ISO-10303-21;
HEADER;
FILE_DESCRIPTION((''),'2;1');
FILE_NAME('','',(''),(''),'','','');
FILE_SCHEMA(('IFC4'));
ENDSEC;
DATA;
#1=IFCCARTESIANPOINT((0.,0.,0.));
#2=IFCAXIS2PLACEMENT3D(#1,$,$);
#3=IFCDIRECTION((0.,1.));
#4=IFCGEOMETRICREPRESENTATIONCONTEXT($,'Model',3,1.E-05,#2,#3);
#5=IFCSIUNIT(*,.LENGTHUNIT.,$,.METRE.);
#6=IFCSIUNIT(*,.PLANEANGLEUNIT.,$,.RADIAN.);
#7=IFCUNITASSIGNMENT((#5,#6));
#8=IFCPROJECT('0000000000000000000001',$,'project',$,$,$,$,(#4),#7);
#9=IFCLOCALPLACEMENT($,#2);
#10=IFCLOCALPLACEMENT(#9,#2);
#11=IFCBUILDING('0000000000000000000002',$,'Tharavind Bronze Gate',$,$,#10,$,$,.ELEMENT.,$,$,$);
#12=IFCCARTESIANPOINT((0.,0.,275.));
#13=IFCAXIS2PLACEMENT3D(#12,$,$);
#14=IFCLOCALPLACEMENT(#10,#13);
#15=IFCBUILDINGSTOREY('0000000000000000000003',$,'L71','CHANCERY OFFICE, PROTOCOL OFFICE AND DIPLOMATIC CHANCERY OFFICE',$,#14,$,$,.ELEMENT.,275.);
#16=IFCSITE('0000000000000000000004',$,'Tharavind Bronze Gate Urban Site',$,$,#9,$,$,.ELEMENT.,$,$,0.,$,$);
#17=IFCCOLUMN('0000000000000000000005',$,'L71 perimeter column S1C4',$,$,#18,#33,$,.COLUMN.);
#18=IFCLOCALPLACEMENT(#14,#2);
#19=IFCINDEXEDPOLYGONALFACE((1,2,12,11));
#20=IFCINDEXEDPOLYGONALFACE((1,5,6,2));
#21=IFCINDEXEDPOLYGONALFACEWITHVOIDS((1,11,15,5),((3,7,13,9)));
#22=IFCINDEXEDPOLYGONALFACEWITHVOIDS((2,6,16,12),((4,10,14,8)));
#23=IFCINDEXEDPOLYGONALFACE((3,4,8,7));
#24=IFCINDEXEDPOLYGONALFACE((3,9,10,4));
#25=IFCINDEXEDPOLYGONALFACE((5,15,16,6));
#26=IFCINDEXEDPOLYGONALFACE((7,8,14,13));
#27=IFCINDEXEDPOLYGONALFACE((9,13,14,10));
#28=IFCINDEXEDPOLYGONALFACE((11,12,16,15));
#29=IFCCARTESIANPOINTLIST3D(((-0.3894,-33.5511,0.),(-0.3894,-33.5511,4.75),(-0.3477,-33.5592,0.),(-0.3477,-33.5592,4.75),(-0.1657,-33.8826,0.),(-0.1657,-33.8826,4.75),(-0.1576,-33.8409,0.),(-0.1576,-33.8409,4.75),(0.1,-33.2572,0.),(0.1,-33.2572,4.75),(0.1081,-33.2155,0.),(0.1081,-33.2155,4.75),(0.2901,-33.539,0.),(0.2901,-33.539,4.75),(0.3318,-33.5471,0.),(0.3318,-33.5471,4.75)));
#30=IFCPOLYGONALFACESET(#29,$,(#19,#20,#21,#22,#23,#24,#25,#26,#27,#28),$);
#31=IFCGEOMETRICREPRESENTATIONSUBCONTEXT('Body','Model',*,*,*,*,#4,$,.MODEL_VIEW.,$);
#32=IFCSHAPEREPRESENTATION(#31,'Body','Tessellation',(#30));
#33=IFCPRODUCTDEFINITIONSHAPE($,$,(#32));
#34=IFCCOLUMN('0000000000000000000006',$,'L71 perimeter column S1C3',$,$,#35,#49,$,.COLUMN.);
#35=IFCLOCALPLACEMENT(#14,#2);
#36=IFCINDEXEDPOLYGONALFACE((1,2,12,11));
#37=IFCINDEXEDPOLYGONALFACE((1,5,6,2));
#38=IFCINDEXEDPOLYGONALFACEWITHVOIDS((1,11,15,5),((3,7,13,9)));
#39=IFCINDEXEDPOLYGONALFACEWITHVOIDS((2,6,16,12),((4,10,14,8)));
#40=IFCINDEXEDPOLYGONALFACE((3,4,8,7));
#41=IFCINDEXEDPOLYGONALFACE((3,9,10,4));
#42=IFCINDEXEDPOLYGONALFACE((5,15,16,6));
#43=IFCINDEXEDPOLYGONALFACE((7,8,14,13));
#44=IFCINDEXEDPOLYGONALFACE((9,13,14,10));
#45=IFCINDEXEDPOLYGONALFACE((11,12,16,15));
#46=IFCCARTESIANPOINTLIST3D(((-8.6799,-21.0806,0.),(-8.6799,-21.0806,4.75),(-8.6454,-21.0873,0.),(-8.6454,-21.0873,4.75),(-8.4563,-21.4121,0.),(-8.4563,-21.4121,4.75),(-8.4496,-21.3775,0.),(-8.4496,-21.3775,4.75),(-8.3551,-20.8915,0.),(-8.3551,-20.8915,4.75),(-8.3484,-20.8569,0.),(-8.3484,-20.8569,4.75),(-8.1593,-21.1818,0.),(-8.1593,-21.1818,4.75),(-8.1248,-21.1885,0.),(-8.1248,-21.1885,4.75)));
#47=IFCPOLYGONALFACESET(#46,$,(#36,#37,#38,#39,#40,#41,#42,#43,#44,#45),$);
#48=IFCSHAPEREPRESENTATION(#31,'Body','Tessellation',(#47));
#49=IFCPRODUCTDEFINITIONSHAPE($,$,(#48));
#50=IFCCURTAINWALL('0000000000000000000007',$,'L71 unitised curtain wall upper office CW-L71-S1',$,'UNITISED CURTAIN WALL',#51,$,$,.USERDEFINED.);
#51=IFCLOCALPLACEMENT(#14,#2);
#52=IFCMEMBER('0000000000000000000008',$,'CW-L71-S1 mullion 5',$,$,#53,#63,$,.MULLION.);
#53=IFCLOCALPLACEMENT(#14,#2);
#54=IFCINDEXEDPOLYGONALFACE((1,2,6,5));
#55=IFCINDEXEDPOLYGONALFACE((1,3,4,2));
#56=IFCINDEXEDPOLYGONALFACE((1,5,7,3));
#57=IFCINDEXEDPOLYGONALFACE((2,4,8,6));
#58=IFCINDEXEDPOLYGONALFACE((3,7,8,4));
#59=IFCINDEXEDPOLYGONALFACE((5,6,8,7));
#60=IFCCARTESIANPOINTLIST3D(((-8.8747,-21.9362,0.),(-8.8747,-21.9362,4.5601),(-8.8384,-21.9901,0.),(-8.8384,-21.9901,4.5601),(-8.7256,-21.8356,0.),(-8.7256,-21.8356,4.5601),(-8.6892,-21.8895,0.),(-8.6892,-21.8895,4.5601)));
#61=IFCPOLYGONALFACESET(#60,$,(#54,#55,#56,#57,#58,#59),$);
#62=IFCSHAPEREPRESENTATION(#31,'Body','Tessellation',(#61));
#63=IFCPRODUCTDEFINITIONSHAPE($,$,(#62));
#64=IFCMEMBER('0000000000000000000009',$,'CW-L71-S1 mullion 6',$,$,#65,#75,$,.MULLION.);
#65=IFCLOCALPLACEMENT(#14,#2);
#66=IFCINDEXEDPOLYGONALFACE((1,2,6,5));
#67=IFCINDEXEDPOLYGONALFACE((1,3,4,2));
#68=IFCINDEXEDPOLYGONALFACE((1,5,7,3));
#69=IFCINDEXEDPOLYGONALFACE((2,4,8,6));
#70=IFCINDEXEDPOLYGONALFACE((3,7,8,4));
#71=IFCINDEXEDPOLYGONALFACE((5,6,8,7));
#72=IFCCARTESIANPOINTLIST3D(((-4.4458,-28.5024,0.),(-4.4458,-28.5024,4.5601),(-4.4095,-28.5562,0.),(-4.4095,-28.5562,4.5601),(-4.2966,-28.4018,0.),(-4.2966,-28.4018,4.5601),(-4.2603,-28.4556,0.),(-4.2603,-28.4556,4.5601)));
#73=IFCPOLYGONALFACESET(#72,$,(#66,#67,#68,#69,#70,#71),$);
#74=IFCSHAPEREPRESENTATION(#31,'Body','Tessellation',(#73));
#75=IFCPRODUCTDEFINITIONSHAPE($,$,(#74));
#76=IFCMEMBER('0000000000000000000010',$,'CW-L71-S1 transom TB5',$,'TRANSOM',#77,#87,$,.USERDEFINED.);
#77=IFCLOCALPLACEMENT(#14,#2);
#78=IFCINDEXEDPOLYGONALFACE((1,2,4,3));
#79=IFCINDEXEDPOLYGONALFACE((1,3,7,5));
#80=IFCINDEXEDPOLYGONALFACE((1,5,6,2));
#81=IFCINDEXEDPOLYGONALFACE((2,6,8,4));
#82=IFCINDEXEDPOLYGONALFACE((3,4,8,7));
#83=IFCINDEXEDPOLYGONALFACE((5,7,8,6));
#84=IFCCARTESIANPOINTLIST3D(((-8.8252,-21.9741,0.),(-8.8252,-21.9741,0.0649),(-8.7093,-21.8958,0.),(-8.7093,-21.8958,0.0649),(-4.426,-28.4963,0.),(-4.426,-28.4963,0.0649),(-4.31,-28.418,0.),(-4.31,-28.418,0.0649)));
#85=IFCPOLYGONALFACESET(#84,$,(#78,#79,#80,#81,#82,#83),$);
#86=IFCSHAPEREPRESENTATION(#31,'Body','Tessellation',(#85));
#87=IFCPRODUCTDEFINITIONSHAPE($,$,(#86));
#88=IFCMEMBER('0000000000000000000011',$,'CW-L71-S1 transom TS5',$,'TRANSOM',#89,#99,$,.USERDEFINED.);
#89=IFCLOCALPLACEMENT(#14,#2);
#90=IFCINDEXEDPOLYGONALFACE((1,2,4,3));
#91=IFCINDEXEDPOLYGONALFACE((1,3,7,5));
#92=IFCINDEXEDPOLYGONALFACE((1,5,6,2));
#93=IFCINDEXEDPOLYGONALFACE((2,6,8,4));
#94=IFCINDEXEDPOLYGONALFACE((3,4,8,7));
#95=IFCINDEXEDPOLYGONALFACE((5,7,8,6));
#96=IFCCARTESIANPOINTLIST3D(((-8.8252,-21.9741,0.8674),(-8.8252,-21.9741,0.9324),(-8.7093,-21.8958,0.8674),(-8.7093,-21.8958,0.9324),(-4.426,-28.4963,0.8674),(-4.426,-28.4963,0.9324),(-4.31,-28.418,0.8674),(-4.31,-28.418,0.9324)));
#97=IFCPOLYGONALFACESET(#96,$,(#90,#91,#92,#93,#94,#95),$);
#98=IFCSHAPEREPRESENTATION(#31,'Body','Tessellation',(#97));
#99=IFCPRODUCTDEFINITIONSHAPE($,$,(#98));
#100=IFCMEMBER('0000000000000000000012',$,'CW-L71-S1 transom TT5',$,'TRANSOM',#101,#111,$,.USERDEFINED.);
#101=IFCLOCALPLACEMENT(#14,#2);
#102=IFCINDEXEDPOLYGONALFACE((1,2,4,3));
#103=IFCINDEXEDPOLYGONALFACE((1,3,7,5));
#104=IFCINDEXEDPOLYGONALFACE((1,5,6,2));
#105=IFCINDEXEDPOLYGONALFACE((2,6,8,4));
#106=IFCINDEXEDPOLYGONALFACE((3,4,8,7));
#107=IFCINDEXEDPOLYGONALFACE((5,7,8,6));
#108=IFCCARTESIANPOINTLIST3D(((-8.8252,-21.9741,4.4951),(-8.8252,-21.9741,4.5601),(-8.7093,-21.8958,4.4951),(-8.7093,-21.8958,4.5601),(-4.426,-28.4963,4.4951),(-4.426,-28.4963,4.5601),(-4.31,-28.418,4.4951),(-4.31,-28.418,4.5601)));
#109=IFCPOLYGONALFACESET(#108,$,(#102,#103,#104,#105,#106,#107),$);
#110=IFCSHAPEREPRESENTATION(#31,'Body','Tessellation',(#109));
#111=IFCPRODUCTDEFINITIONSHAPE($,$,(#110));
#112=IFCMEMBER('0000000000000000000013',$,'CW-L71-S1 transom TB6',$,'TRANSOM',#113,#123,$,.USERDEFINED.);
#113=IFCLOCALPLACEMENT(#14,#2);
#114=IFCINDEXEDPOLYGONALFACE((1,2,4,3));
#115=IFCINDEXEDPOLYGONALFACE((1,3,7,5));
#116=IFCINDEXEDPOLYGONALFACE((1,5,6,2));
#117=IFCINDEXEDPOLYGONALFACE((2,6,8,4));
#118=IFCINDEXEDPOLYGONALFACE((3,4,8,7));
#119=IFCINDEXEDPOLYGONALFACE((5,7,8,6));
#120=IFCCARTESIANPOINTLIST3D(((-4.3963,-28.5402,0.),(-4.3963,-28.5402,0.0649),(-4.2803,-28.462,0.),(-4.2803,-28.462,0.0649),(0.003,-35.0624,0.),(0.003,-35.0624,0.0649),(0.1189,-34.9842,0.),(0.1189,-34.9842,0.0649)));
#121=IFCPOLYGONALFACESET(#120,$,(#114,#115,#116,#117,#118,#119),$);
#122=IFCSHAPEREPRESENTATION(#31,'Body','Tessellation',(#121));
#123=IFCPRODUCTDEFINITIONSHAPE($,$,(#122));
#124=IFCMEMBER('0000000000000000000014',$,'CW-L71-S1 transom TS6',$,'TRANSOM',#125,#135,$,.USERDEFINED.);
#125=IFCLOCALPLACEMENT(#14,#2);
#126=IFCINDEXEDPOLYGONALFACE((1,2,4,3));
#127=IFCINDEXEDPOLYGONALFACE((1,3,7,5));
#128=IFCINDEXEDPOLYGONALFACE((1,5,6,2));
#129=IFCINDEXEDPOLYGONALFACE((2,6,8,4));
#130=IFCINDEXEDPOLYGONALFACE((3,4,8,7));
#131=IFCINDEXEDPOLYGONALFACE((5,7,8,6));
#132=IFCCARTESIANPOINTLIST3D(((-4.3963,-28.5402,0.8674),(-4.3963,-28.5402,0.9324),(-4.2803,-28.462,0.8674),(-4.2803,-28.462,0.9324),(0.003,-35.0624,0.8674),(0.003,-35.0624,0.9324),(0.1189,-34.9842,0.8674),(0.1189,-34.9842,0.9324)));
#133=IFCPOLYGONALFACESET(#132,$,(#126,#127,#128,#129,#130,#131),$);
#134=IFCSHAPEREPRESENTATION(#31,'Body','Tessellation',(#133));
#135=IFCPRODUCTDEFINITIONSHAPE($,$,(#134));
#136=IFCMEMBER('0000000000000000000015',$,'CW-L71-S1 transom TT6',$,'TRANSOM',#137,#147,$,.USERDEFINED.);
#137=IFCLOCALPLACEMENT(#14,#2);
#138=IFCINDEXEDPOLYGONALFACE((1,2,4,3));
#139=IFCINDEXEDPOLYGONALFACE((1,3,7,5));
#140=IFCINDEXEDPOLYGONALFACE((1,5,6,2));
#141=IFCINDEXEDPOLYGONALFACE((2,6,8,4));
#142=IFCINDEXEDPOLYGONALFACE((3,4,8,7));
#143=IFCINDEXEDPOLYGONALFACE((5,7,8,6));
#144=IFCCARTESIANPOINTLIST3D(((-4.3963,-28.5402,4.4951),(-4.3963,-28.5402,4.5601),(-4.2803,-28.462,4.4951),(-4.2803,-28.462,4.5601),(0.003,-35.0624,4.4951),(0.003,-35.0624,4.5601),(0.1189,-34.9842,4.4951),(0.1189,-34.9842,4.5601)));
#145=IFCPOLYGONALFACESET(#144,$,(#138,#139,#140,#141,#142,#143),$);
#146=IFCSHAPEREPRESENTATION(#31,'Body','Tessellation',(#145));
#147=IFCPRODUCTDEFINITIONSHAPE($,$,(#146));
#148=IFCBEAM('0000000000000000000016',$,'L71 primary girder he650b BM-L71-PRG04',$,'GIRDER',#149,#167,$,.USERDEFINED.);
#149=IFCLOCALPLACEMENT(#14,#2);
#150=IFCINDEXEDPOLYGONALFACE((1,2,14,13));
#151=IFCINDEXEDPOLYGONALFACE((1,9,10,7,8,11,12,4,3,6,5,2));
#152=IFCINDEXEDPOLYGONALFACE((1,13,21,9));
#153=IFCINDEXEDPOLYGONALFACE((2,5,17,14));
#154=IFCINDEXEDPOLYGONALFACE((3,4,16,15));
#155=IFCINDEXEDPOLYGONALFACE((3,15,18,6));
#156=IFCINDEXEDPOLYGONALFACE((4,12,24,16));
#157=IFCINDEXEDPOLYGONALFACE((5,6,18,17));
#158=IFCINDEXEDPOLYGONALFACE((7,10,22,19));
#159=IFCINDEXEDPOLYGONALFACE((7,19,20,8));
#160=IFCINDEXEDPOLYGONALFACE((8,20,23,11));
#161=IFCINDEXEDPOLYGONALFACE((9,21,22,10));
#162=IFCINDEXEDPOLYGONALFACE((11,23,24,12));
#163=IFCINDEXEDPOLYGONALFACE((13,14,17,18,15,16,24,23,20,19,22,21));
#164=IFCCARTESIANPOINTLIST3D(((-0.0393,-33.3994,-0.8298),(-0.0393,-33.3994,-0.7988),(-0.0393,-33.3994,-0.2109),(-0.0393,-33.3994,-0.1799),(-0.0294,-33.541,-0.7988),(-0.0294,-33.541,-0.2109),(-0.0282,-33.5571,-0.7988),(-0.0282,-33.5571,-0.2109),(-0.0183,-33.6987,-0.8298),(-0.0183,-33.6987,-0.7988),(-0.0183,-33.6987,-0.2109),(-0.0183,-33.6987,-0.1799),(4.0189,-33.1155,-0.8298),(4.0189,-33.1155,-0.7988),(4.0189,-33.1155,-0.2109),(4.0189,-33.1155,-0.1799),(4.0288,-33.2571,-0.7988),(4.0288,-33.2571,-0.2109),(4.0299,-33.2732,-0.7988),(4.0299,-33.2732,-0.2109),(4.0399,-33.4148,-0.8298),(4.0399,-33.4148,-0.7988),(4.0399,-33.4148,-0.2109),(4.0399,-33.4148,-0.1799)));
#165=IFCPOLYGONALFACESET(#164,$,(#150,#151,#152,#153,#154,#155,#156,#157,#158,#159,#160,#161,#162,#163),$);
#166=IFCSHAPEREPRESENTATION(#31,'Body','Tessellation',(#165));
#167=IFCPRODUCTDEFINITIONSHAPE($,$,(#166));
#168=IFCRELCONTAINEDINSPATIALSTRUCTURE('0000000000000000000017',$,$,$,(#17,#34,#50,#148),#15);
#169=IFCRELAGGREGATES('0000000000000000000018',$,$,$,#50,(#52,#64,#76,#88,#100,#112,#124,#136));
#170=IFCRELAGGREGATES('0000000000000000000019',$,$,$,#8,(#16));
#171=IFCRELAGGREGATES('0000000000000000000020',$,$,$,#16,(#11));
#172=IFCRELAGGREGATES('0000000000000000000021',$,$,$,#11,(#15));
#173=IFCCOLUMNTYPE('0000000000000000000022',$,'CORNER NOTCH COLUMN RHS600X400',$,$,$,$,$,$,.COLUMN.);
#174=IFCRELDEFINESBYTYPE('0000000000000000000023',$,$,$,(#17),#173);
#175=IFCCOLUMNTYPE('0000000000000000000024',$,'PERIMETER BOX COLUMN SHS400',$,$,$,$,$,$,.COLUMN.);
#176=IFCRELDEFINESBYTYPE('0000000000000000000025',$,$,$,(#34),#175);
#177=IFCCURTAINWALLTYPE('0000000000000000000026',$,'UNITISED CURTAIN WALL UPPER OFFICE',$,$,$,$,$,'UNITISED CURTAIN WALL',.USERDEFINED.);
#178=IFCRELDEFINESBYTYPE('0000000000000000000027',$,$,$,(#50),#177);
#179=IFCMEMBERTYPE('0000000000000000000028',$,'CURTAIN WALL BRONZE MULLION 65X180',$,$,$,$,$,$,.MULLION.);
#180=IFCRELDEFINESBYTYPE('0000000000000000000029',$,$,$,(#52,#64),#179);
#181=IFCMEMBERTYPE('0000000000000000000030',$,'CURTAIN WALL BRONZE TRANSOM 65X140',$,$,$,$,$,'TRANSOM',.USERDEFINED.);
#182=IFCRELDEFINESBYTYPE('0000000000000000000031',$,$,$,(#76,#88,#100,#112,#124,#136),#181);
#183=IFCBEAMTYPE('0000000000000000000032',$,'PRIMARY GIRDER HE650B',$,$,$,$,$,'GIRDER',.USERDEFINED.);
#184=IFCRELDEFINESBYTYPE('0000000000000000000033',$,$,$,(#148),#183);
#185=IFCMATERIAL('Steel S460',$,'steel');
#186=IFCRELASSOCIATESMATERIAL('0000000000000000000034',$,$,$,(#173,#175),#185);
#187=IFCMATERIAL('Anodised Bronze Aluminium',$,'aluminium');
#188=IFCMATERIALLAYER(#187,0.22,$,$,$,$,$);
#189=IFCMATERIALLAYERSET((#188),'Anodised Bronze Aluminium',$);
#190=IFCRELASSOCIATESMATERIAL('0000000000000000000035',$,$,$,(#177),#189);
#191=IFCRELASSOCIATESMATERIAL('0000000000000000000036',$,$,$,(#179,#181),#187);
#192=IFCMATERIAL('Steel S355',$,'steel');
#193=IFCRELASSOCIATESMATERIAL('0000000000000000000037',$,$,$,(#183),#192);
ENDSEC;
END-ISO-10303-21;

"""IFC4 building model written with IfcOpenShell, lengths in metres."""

from ifc_helpers import new_model, si_unit, direction, frame, origin, origin_2d, place, context, subcontext, project, spatial, rectangle, hollow_rectangle, i_section, extrude, material, layer, layer_set, material_profile, profile_set, type_object, element, aggregate, save


model = new_model("IFC4")

# Units and contexts
model_context = context("Model", 3, precision=1e-05, world=origin(), true_north=direction((0.0, 1.0)))
body_context = subcontext(model_context, "Body", "Model", "MODEL_VIEW")
ifc_project = project(units=[si_unit("LENGTHUNIT", "METRE"), si_unit("PLANEANGLEUNIT", "RADIAN")], contexts=[model_context])

# Site, building, storey
site_placement = place(None, origin())
site = spatial("IfcSite", under=ifc_project, at=site_placement, Name="Tharavind Bronze Gate Urban Site", CompositionType="ELEMENT", RefElevation=0.0)
building_placement = place(site_placement, origin())
building = spatial("IfcBuilding", under=site, at=building_placement, Name="Tharavind Bronze Gate", CompositionType="ELEMENT")
storey_placement = place(building_placement, frame((0.0, 0.0, 275.0)))
storey = spatial("IfcBuildingStorey", under=building, at=storey_placement, Name="L71", Description="CHANCERY OFFICE, PROTOCOL OFFICE AND DIPLOMATIC CHANCERY OFFICE", CompositionType="ELEMENT", Elevation=275.0)

# Columns
ifc_material_1 = material(Name="Steel S460", Category="steel")
ifc_material_profile_1 = material_profile(ifc_material_1, hollow_rectangle(XDim=0.3999, YDim=0.6001, WallThickness=0.03, at=origin_2d()), Name="RHS600X400X30")
ifc_profile_set_1 = profile_set([ifc_material_profile_1], Name="Steel S460")
column_type_1 = type_object("IfcColumnType", Name="CORNER NOTCH COLUMN RHS600X400", PredefinedType="COLUMN", material=ifc_profile_set_1)
column_1_placement = place(storey_placement, frame((-0.0288, -33.5491, 0.0), z_axis=(0.0, 0.0, 1.0), x_axis=(-0.559193, 0.829038, 0.0)))
element("IfcColumn", 1, at=column_1_placement, inside=storey, type_object=column_type_1, Name="L71 perimeter column S1C4", PredefinedType="COLUMN", context=body_context, shape_type="SweptSolid", body=[
    extrude(hollow_rectangle(XDim=0.3999, YDim=0.6001, WallThickness=0.03, at=origin_2d()), origin(), (0.0, 0.0, 1.0), 4.75),
])
ifc_material_profile_2 = material_profile(ifc_material_1, hollow_rectangle(XDim=0.3999, YDim=0.3999, WallThickness=0.0249, at=origin_2d()), Name="SHS400X25")
ifc_profile_set_2 = profile_set([ifc_material_profile_2], Name="Steel S460")
column_type_2 = type_object("IfcColumnType", Name="PERIMETER BOX COLUMN SHS400", PredefinedType="COLUMN", material=ifc_profile_set_2)
column_2_placement = place(storey_placement, frame((-8.4023, -21.1345, 0.0), z_axis=(0.0, 0.0, 1.0), x_axis=(-0.559193, 0.829038, 0.0)))
element("IfcColumn", 2, at=column_2_placement, inside=storey, type_object=column_type_2, Name="L71 perimeter column S1C3", PredefinedType="COLUMN", context=body_context, shape_type="SweptSolid", body=[
    extrude(hollow_rectangle(XDim=0.3999, YDim=0.3999, WallThickness=0.0249, at=origin_2d()), origin(), (0.0, 0.0, 1.0), 4.75),
])

# Curtain wall, members
ifc_material_2 = material(Name="Anodised Bronze Aluminium", Category="aluminium")
ifc_layer_1 = layer(ifc_material_2, 0.22)
ifc_layer_set_1 = layer_set([ifc_layer_1], Name="Anodised Bronze Aluminium")
curtain_wall_type = type_object("IfcCurtainWallType", Name="UNITISED CURTAIN WALL UPPER OFFICE", ElementType="UNITISED CURTAIN WALL", PredefinedType="USERDEFINED", material=ifc_layer_set_1)
curtain_wall_placement = place(storey_placement, origin())
curtain_wall = element("IfcCurtainWall", 3, at=curtain_wall_placement, inside=storey, type_object=curtain_wall_type, Name="L71 unitised curtain wall upper office CW-L71-S1", ObjectType="UNITISED CURTAIN WALL", PredefinedType="USERDEFINED")
member_type_1 = type_object("IfcMemberType", Name="CURTAIN WALL BRONZE MULLION 65X180", PredefinedType="MULLION", material=ifc_material_2)
member_1_placement = place(storey_placement, frame((-8.782, -21.9128, 0.0), z_axis=(0.0, 0.0, 1.0), x_axis=(0.559191, -0.829039, 0.0)))
member_1 = element("IfcMember", 4, at=member_1_placement, type_object=member_type_1, Name="CW-L71-S1 mullion 5", PredefinedType="MULLION", context=body_context, shape_type="SweptSolid", body=[
    extrude(rectangle(XDim=0.0649, YDim=0.1799, at=origin_2d()), origin(), (0.0, 0.0, 1.0), 4.5601),
])
member_2_placement = place(storey_placement, frame((-4.353, -28.479, 0.0), z_axis=(0.0, 0.0, 1.0), x_axis=(0.559191, -0.829039, 0.0)))
member_2 = element("IfcMember", 5, at=member_2_placement, type_object=member_type_1, Name="CW-L71-S1 mullion 6", PredefinedType="MULLION", context=body_context, shape_type="SweptSolid", body=[
    extrude(rectangle(XDim=0.0649, YDim=0.1799, at=origin_2d()), origin(), (0.0, 0.0, 1.0), 4.5601),
])
member_type_2 = type_object("IfcMemberType", Name="CURTAIN WALL BRONZE TRANSOM 65X140", ElementType="TRANSOM", PredefinedType="USERDEFINED", material=ifc_material_2)
member_3_placement = place(storey_placement, frame((-6.5676, -25.196, 0.0), z_axis=(0.0, 0.0, 1.0), x_axis=(0.559191, -0.829039, 0.0)))
member_3 = element("IfcMember", 6, at=member_3_placement, type_object=member_type_2, Name="CW-L71-S1 transom TB5", ObjectType="TRANSOM", PredefinedType="USERDEFINED", context=body_context, shape_type="SweptSolid", body=[
    extrude(rectangle(XDim=7.8672, YDim=0.1399, at=origin_2d()), origin(), (0.0, 0.0, 1.0), 0.0649),
])
member_4_placement = place(storey_placement, frame((-6.5676, -25.196, 0.8674), z_axis=(0.0, 0.0, 1.0), x_axis=(0.559191, -0.829039, 0.0)))
member_4 = element("IfcMember", 7, at=member_4_placement, type_object=member_type_2, Name="CW-L71-S1 transom TS5", ObjectType="TRANSOM", PredefinedType="USERDEFINED", context=body_context, shape_type="SweptSolid", body=[
    extrude(rectangle(XDim=7.8672, YDim=0.1399, at=origin_2d()), origin(), (0.0, 0.0, 1.0), 0.0649),
])
member_5_placement = place(storey_placement, frame((-6.5676, -25.196, 4.4951), z_axis=(0.0, 0.0, 1.0), x_axis=(0.559191, -0.829039, 0.0)))
member_5 = element("IfcMember", 8, at=member_5_placement, type_object=member_type_2, Name="CW-L71-S1 transom TT5", ObjectType="TRANSOM", PredefinedType="USERDEFINED", context=body_context, shape_type="SweptSolid", body=[
    extrude(rectangle(XDim=7.8672, YDim=0.1399, at=origin_2d()), origin(), (0.0, 0.0, 1.0), 0.0649),
])
member_6_placement = place(storey_placement, frame((-2.1387, -31.7622, 0.0), z_axis=(0.0, 0.0, 1.0), x_axis=(0.559191, -0.829039, 0.0)))
member_6 = element("IfcMember", 9, at=member_6_placement, type_object=member_type_2, Name="CW-L71-S1 transom TB6", ObjectType="TRANSOM", PredefinedType="USERDEFINED", context=body_context, shape_type="SweptSolid", body=[
    extrude(rectangle(XDim=7.8672, YDim=0.1399, at=origin_2d()), origin(), (0.0, 0.0, 1.0), 0.0649),
])
member_7_placement = place(storey_placement, frame((-2.1387, -31.7622, 0.8674), z_axis=(0.0, 0.0, 1.0), x_axis=(0.559191, -0.829039, 0.0)))
member_7 = element("IfcMember", 10, at=member_7_placement, type_object=member_type_2, Name="CW-L71-S1 transom TS6", ObjectType="TRANSOM", PredefinedType="USERDEFINED", context=body_context, shape_type="SweptSolid", body=[
    extrude(rectangle(XDim=7.8672, YDim=0.1399, at=origin_2d()), origin(), (0.0, 0.0, 1.0), 0.0649),
])
member_8_placement = place(storey_placement, frame((-2.1387, -31.7622, 4.4951), z_axis=(0.0, 0.0, 1.0), x_axis=(0.559191, -0.829039, 0.0)))
member_8 = element("IfcMember", 11, at=member_8_placement, type_object=member_type_2, Name="CW-L71-S1 transom TT6", ObjectType="TRANSOM", PredefinedType="USERDEFINED", context=body_context, shape_type="SweptSolid", body=[
    extrude(rectangle(XDim=7.8672, YDim=0.1399, at=origin_2d()), origin(), (0.0, 0.0, 1.0), 0.0649),
])

# Beam
ifc_material_3 = material(Name="Steel S355", Category="steel")
ifc_material_profile_3 = material_profile(ifc_material_3, i_section(OverallWidth=0.3, OverallDepth=0.6499, WebThickness=0.0161, FlangeThickness=0.031, at=origin_2d()), Name="HE650B")
ifc_profile_set_3 = profile_set([ifc_material_profile_3], Name="Steel S355")
beam_type_1 = type_object("IfcBeamType", Name="PRIMARY GIRDER HE650B", ElementType="GIRDER", PredefinedType="USERDEFINED", material=ifc_profile_set_3)
beam_1_placement = place(storey_placement, frame((-0.0288, -33.5491, -0.5049), z_axis=(0.997561, 0.069797, 0.0), x_axis=(-0.069797, 0.997561, 0.0)))
element("IfcBeam", 12, at=beam_1_placement, inside=storey, type_object=beam_type_1, Name="L71 primary girder he650b BM-L71-PRG04", ObjectType="GIRDER", PredefinedType="USERDEFINED", context=body_context, shape_type="SweptSolid", body=[
    extrude(i_section(OverallWidth=0.3, OverallDepth=0.6499, WebThickness=0.0161, FlangeThickness=0.031, at=origin_2d()), origin(), (0.0, 0.0, 1.0), 4.0681),
])

aggregate(curtain_wall, [member_1, member_2, member_3, member_4, member_5, member_6, member_7, member_8])

save(model, "model.ifc")
